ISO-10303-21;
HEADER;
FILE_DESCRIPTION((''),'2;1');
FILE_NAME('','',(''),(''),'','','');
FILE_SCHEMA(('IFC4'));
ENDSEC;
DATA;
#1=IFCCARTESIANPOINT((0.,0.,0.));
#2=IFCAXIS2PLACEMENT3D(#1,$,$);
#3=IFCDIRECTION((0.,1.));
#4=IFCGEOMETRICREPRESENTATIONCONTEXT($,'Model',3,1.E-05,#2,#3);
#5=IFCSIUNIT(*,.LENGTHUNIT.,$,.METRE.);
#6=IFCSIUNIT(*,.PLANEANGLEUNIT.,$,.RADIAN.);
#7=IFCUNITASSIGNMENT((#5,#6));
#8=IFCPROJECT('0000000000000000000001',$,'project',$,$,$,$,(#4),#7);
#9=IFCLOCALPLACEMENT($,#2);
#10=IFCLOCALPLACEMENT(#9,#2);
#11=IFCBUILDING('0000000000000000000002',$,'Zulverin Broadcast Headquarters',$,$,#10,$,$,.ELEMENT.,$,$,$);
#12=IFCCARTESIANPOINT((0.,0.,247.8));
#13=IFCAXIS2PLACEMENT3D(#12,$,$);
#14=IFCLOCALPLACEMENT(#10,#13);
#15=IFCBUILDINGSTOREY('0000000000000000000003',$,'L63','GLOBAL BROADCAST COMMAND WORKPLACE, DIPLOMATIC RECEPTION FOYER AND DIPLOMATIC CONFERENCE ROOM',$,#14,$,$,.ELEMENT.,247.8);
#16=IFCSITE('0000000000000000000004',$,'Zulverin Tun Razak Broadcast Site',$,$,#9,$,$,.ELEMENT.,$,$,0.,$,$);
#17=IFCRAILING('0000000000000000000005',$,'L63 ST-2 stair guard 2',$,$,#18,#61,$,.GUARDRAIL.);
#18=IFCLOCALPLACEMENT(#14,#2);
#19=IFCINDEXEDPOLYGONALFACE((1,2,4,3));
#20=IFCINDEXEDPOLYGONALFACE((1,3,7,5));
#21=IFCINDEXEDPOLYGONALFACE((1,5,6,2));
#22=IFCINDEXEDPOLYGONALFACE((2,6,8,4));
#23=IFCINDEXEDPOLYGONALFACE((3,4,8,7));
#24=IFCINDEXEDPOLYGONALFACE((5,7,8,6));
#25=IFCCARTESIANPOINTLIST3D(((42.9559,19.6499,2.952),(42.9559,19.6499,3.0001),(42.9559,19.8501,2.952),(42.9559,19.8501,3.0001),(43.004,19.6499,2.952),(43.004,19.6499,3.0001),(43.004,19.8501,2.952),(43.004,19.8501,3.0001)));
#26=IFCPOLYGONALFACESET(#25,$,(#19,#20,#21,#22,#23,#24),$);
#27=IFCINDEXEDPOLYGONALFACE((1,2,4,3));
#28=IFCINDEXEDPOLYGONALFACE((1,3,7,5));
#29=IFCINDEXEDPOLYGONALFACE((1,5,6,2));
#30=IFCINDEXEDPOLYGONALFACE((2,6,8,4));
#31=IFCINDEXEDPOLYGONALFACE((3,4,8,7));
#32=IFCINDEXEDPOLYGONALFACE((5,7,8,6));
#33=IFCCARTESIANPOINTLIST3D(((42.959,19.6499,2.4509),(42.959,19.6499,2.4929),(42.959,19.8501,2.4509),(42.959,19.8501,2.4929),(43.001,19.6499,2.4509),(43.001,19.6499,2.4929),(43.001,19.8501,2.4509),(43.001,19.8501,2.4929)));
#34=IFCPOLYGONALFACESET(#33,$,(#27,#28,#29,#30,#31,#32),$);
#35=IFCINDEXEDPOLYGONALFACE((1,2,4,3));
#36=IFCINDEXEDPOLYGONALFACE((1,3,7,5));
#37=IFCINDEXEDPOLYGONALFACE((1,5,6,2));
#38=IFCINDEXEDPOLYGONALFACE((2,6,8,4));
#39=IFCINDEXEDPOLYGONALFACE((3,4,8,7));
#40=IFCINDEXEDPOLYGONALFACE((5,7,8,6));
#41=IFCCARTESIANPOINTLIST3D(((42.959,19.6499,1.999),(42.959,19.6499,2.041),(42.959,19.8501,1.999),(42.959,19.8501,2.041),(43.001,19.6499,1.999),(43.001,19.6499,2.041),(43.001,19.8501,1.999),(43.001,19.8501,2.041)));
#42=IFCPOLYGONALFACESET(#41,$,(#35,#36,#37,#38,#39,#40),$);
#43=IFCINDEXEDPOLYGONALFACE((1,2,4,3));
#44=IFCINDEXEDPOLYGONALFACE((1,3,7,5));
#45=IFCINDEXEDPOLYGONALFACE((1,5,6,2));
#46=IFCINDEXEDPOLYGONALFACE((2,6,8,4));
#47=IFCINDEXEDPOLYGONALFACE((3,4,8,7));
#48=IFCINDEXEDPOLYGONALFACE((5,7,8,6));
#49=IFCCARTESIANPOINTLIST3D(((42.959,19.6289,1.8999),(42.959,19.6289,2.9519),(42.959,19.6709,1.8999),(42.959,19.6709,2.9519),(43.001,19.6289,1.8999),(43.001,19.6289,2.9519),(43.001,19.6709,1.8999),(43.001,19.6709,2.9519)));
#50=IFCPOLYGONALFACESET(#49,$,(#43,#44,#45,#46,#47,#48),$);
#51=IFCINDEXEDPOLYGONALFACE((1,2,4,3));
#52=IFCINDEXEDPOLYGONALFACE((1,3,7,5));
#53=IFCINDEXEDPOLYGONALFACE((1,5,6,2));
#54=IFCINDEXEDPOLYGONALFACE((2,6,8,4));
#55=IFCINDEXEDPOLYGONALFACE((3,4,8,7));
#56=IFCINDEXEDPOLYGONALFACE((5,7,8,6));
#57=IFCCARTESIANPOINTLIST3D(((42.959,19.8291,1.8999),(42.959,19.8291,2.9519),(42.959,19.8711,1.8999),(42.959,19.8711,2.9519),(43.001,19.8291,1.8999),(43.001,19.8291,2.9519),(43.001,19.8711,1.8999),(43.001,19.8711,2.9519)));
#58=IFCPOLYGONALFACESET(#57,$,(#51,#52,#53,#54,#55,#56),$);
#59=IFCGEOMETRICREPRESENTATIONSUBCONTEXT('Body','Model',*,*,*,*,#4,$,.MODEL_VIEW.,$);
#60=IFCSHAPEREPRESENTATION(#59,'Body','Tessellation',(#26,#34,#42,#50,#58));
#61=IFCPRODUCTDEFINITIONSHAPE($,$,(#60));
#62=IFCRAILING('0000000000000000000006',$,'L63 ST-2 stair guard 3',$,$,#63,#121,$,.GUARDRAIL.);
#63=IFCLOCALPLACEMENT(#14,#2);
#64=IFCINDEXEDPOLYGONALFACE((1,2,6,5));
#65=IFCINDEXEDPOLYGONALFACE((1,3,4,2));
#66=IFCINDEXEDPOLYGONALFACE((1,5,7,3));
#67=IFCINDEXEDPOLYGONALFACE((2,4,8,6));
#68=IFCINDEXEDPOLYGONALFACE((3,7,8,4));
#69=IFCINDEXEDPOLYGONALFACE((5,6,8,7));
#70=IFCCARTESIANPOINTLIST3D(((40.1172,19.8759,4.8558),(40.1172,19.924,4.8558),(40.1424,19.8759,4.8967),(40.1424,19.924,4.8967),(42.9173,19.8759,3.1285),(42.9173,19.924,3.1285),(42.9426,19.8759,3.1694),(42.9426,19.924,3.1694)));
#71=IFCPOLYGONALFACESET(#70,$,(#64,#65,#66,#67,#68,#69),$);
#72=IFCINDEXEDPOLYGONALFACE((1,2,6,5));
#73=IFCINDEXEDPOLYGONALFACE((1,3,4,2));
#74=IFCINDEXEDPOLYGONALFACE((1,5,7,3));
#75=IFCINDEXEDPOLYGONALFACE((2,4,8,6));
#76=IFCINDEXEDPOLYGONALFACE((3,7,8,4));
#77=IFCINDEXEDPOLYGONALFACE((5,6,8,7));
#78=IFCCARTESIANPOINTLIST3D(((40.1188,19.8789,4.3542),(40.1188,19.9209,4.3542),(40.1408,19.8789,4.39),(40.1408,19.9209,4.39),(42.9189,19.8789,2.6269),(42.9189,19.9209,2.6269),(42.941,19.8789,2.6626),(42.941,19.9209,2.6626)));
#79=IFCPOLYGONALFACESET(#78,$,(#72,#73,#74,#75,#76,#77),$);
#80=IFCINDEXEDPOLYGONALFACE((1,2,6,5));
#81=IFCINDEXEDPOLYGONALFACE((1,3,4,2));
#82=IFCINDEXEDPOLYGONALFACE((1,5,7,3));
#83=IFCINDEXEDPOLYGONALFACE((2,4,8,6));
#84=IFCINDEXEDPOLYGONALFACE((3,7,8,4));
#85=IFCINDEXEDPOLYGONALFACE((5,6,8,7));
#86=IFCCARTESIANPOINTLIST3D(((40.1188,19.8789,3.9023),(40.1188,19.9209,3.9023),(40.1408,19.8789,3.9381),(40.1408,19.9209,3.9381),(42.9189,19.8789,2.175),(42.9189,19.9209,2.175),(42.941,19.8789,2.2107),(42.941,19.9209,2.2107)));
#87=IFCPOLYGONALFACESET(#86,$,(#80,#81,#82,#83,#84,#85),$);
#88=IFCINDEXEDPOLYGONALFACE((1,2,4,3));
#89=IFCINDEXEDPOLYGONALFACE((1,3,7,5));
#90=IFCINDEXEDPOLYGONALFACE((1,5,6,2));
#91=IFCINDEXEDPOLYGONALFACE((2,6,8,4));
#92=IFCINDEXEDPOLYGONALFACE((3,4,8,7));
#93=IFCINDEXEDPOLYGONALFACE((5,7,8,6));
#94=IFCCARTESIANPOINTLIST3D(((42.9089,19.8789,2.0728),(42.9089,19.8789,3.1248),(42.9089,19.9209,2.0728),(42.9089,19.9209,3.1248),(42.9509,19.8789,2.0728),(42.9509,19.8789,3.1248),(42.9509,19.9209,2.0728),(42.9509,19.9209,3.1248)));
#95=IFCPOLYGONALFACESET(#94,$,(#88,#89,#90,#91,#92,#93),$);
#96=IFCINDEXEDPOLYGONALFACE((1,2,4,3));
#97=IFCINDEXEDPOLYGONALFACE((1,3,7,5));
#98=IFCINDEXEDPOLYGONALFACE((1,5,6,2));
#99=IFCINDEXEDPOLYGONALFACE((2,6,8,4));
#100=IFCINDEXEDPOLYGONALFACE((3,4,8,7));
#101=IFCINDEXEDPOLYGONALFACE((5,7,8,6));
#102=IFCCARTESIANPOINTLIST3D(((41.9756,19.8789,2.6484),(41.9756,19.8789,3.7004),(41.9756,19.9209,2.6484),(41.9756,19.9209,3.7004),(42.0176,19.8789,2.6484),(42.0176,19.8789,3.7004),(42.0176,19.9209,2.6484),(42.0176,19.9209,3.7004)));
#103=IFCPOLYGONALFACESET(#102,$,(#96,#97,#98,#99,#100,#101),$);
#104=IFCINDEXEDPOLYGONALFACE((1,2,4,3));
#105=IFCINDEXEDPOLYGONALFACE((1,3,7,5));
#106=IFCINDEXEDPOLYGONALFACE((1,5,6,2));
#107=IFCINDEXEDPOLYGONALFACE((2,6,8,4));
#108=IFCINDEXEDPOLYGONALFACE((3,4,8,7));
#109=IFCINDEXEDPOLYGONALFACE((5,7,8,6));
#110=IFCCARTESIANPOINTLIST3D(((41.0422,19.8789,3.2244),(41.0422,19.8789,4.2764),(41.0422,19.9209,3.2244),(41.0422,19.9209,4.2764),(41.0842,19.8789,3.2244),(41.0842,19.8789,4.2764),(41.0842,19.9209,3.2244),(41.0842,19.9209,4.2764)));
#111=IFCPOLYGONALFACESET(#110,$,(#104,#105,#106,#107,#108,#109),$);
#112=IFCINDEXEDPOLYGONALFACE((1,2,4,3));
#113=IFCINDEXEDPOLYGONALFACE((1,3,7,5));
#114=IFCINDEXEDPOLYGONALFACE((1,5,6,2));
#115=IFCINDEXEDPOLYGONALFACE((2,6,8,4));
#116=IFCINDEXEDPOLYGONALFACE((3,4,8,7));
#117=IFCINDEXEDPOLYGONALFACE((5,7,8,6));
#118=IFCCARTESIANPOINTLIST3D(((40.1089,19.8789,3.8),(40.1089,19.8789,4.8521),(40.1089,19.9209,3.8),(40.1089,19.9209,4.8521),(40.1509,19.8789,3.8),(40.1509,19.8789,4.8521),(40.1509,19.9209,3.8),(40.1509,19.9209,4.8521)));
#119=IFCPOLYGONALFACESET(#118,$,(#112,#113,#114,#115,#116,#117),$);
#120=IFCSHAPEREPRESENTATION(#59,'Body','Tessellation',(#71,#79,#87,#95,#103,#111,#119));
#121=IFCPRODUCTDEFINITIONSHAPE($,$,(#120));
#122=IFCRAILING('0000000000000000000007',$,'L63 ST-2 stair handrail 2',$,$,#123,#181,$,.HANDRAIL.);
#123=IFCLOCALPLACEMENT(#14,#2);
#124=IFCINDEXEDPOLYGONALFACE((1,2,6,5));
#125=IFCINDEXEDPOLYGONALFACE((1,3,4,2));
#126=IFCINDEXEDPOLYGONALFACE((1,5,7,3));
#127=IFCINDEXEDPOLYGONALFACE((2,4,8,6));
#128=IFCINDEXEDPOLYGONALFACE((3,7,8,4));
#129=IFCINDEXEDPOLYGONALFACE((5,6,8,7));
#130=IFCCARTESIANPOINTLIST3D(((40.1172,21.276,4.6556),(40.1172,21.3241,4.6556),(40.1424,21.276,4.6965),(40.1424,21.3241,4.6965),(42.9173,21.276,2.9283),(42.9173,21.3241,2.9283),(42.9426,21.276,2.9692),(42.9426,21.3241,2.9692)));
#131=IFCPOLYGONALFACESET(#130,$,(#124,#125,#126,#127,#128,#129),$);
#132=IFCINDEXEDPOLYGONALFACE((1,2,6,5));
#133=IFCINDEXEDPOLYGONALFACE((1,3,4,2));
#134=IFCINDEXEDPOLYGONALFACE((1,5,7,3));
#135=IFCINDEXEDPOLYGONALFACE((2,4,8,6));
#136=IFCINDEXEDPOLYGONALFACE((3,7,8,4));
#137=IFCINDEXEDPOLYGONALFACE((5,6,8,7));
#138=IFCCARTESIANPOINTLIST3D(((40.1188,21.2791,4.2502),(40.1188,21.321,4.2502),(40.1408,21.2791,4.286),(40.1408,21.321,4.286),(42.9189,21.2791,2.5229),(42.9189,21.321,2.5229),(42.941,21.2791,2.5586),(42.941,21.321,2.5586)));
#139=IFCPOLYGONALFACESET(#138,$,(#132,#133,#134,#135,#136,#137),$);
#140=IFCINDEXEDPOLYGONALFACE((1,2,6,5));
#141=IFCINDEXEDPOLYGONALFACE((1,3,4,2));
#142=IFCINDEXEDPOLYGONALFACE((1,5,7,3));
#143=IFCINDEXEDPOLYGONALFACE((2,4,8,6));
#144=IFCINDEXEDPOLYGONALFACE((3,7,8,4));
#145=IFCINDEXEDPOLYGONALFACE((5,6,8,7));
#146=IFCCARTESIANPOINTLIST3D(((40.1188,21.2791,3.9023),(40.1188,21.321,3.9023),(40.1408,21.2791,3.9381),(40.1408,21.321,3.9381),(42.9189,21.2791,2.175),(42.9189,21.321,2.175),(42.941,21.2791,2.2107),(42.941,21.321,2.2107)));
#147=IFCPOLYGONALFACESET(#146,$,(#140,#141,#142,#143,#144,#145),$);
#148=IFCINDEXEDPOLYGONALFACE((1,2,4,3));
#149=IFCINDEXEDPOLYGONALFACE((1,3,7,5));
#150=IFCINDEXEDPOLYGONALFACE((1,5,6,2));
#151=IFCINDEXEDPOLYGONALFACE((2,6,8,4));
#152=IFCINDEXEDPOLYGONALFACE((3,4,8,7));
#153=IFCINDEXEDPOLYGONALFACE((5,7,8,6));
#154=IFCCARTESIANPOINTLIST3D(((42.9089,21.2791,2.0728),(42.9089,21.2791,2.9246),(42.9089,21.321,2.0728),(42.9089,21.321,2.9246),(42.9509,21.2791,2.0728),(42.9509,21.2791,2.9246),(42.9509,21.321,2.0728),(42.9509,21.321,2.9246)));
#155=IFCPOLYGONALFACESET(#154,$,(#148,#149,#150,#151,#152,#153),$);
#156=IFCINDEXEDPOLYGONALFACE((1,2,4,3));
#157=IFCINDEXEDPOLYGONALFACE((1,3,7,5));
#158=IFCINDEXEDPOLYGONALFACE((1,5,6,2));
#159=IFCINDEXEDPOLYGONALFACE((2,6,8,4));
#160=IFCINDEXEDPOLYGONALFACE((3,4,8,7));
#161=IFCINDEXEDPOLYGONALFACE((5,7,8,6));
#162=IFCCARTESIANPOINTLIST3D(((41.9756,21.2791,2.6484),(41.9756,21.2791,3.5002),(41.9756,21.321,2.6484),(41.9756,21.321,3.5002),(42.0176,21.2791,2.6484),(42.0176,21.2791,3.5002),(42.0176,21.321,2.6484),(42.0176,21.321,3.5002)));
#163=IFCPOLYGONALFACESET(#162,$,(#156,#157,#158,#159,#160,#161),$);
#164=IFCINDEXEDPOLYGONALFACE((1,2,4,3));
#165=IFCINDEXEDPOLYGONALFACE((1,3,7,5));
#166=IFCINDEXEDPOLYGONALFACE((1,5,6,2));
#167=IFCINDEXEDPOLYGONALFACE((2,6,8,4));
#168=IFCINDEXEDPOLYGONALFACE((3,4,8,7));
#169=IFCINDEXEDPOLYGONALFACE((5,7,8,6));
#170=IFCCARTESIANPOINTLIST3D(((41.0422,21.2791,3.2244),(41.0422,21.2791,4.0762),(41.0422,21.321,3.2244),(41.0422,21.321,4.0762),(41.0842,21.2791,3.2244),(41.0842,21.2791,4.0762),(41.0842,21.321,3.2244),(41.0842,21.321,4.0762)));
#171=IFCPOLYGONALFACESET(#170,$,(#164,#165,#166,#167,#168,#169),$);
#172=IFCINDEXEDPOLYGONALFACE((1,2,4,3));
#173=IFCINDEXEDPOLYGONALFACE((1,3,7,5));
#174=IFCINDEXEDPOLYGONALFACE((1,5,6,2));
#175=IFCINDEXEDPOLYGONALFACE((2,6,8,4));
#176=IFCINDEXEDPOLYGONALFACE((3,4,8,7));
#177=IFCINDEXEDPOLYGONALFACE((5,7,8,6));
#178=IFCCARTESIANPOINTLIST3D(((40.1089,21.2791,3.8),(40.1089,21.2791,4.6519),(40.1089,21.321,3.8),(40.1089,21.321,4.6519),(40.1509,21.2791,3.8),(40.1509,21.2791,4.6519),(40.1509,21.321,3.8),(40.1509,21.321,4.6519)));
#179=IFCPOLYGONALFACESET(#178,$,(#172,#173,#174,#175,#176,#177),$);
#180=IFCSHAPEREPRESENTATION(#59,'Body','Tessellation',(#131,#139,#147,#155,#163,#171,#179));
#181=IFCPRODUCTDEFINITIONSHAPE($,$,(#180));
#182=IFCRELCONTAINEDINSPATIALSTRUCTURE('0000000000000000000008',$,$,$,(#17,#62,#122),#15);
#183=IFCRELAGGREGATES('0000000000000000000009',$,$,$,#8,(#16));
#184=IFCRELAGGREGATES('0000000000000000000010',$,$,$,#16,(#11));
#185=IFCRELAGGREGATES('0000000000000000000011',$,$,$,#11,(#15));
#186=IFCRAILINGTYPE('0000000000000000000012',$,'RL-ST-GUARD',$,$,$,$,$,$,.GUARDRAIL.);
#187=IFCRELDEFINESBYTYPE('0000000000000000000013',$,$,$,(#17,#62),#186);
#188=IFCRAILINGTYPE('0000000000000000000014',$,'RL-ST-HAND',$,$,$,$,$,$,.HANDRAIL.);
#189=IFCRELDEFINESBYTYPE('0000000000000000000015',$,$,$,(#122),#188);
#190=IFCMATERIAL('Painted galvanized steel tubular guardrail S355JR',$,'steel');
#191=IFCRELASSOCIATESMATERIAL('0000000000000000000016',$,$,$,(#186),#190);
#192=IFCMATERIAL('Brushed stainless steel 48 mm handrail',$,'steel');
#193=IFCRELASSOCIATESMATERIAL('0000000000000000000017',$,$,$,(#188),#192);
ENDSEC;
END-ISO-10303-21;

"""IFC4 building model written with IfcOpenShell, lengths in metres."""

from ifc_helpers import new_model, si_unit, direction, frame, origin, origin_2d, place, context, subcontext, project, spatial, rectangle, extrude, material, type_object, element, save


model = new_model("IFC4")

# Units and contexts
model_context = context("Model", 3, precision=1e-05, world=origin(), true_north=direction((0.0, 1.0)))
body_context = subcontext(model_context, "Body", "Model", "MODEL_VIEW")
ifc_project = project(units=[si_unit("LENGTHUNIT", "METRE"), si_unit("PLANEANGLEUNIT", "RADIAN")], contexts=[model_context])

# Site, building, storey
site_placement = place(None, origin())
site = spatial("IfcSite", under=ifc_project, at=site_placement, Name="Zulverin Tun Razak Broadcast Site", CompositionType="ELEMENT", RefElevation=0.0)
building_placement = place(site_placement, origin())
building = spatial("IfcBuilding", under=site, at=building_placement, Name="Zulverin Broadcast Headquarters", CompositionType="ELEMENT")
storey_placement = place(building_placement, frame((0.0, 0.0, 247.8)))
storey = spatial("IfcBuildingStorey", under=building, at=storey_placement, Name="L63", Description="GLOBAL BROADCAST COMMAND WORKPLACE, DIPLOMATIC RECEPTION FOYER AND DIPLOMATIC CONFERENCE ROOM", CompositionType="ELEMENT", Elevation=247.8)

# Railings
ifc_material_1 = material(Name="Painted galvanized steel tubular guardrail S355JR", Category="steel")
railing_type_1 = type_object("IfcRailingType", Name="RL-ST-GUARD", PredefinedType="GUARDRAIL", material=ifc_material_1)
railing_1_placement = place(storey_placement, frame((42.98, 19.6499, 1.8999)))
element("IfcRailing", 1, at=railing_1_placement, inside=storey, type_object=railing_type_1, Name="L63 ST-2 stair guard 2", PredefinedType="GUARDRAIL", context=body_context, shape_type="SweptSolid", body=[
    extrude(rectangle(XDim=0.0481, YDim=0.0481, at=origin_2d()), frame((0.0, 0.0, 1.0762), z_axis=(0.0, 1.0, 0.0), x_axis=(-1.0, 0.0, 0.0)), (0.0, 0.0, 1.0), 0.2002),
    extrude(rectangle(XDim=0.042, YDim=0.042, at=origin_2d()), frame((0.0, 0.0, 0.572), z_axis=(0.0, 1.0, 0.0), x_axis=(-1.0, 0.0, 0.0)), (0.0, 0.0, 1.0), 0.2002),
    extrude(rectangle(XDim=0.042, YDim=0.042, at=origin_2d()), frame((0.0, 0.0, 0.1201), z_axis=(0.0, 1.0, 0.0), x_axis=(-1.0, 0.0, 0.0)), (0.0, 0.0, 1.0), 0.2002),
    extrude(rectangle(XDim=0.042, YDim=0.042, at=origin_2d()), origin(), (0.0, 0.0, 1.0), 1.052),
    extrude(rectangle(XDim=0.042, YDim=0.042, at=origin_2d()), frame((0.0, 0.2002, 0.0)), (0.0, 0.0, 1.0), 1.052),
])
railing_2_placement = place(storey_placement, frame((42.9299, 19.8999, 2.0728)))
element("IfcRailing", 2, at=railing_2_placement, inside=storey, type_object=railing_type_1, Name="L63 ST-2 stair guard 3", PredefinedType="GUARDRAIL", context=body_context, shape_type="SweptSolid", body=[
    extrude(rectangle(XDim=0.0481, YDim=0.0481, at=origin_2d()), frame((0.0, 0.0, 1.0762), z_axis=(-0.85109, 0.0, 0.52502), x_axis=(0.0, -1.0, 0.0)), (0.0, 0.0, 1.0), 3.29),
    extrude(rectangle(XDim=0.042, YDim=0.042, at=origin_2d()), frame((0.0, 0.0, 0.572), z_axis=(-0.85109, 0.0, 0.52502), x_axis=(0.0, -1.0, 0.0)), (0.0, 0.0, 1.0), 3.29),
    extrude(rectangle(XDim=0.042, YDim=0.042, at=origin_2d()), frame((0.0, 0.0, 0.1201), z_axis=(-0.85109, 0.0, 0.52502), x_axis=(0.0, -1.0, 0.0)), (0.0, 0.0, 1.0), 3.29),
    extrude(rectangle(XDim=0.042, YDim=0.042, at=origin_2d()), origin(), (0.0, 0.0, 1.0), 1.052),
    extrude(rectangle(XDim=0.042, YDim=0.042, at=origin_2d()), frame((-0.9333, 0.0, 0.5757)), (0.0, 0.0, 1.0), 1.052),
    extrude(rectangle(XDim=0.042, YDim=0.042, at=origin_2d()), frame((-1.8667, 0.0, 1.1516)), (0.0, 0.0, 1.0), 1.052),
    extrude(rectangle(XDim=0.042, YDim=0.042, at=origin_2d()), frame((-2.8, 0.0, 1.7273)), (0.0, 0.0, 1.0), 1.052),
])
ifc_material_2 = material(Name="Brushed stainless steel 48 mm handrail", Category="steel")
railing_type_2 = type_object("IfcRailingType", Name="RL-ST-HAND", PredefinedType="HANDRAIL", material=ifc_material_2)
railing_3_placement = place(storey_placement, frame((42.9299, 21.3, 2.0728)))
element("IfcRailing", 3, at=railing_3_placement, inside=storey, type_object=railing_type_2, Name="L63 ST-2 stair handrail 2", PredefinedType="HANDRAIL", context=body_context, shape_type="SweptSolid", body=[
    extrude(rectangle(XDim=0.0481, YDim=0.0481, at=origin_2d()), frame((0.0, 0.0, 0.876), z_axis=(-0.85109, 0.0, 0.52502), x_axis=(0.0, -1.0, 0.0)), (0.0, 0.0, 1.0), 3.29),
    extrude(rectangle(XDim=0.042, YDim=0.042, at=origin_2d()), frame((0.0, 0.0, 0.468), z_axis=(-0.85109, 0.0, 0.52502), x_axis=(0.0, -1.0, 0.0)), (0.0, 0.0, 1.0), 3.29),
    extrude(rectangle(XDim=0.042, YDim=0.042, at=origin_2d()), frame((0.0, 0.0, 0.1201), z_axis=(-0.85109, 0.0, 0.52502), x_axis=(0.0, -1.0, 0.0)), (0.0, 0.0, 1.0), 3.29),
    extrude(rectangle(XDim=0.042, YDim=0.042, at=origin_2d()), origin(), (0.0, 0.0, 1.0), 0.8518),
    extrude(rectangle(XDim=0.042, YDim=0.042, at=origin_2d()), frame((-0.9333, 0.0, 0.5757)), (0.0, 0.0, 1.0), 0.8518),
    extrude(rectangle(XDim=0.042, YDim=0.042, at=origin_2d()), frame((-1.8667, 0.0, 1.1516)), (0.0, 0.0, 1.0), 0.8518),
    extrude(rectangle(XDim=0.042, YDim=0.042, at=origin_2d()), frame((-2.8, 0.0, 1.7273)), (0.0, 0.0, 1.0), 0.8518),
])

save(model, "model.ifc")
